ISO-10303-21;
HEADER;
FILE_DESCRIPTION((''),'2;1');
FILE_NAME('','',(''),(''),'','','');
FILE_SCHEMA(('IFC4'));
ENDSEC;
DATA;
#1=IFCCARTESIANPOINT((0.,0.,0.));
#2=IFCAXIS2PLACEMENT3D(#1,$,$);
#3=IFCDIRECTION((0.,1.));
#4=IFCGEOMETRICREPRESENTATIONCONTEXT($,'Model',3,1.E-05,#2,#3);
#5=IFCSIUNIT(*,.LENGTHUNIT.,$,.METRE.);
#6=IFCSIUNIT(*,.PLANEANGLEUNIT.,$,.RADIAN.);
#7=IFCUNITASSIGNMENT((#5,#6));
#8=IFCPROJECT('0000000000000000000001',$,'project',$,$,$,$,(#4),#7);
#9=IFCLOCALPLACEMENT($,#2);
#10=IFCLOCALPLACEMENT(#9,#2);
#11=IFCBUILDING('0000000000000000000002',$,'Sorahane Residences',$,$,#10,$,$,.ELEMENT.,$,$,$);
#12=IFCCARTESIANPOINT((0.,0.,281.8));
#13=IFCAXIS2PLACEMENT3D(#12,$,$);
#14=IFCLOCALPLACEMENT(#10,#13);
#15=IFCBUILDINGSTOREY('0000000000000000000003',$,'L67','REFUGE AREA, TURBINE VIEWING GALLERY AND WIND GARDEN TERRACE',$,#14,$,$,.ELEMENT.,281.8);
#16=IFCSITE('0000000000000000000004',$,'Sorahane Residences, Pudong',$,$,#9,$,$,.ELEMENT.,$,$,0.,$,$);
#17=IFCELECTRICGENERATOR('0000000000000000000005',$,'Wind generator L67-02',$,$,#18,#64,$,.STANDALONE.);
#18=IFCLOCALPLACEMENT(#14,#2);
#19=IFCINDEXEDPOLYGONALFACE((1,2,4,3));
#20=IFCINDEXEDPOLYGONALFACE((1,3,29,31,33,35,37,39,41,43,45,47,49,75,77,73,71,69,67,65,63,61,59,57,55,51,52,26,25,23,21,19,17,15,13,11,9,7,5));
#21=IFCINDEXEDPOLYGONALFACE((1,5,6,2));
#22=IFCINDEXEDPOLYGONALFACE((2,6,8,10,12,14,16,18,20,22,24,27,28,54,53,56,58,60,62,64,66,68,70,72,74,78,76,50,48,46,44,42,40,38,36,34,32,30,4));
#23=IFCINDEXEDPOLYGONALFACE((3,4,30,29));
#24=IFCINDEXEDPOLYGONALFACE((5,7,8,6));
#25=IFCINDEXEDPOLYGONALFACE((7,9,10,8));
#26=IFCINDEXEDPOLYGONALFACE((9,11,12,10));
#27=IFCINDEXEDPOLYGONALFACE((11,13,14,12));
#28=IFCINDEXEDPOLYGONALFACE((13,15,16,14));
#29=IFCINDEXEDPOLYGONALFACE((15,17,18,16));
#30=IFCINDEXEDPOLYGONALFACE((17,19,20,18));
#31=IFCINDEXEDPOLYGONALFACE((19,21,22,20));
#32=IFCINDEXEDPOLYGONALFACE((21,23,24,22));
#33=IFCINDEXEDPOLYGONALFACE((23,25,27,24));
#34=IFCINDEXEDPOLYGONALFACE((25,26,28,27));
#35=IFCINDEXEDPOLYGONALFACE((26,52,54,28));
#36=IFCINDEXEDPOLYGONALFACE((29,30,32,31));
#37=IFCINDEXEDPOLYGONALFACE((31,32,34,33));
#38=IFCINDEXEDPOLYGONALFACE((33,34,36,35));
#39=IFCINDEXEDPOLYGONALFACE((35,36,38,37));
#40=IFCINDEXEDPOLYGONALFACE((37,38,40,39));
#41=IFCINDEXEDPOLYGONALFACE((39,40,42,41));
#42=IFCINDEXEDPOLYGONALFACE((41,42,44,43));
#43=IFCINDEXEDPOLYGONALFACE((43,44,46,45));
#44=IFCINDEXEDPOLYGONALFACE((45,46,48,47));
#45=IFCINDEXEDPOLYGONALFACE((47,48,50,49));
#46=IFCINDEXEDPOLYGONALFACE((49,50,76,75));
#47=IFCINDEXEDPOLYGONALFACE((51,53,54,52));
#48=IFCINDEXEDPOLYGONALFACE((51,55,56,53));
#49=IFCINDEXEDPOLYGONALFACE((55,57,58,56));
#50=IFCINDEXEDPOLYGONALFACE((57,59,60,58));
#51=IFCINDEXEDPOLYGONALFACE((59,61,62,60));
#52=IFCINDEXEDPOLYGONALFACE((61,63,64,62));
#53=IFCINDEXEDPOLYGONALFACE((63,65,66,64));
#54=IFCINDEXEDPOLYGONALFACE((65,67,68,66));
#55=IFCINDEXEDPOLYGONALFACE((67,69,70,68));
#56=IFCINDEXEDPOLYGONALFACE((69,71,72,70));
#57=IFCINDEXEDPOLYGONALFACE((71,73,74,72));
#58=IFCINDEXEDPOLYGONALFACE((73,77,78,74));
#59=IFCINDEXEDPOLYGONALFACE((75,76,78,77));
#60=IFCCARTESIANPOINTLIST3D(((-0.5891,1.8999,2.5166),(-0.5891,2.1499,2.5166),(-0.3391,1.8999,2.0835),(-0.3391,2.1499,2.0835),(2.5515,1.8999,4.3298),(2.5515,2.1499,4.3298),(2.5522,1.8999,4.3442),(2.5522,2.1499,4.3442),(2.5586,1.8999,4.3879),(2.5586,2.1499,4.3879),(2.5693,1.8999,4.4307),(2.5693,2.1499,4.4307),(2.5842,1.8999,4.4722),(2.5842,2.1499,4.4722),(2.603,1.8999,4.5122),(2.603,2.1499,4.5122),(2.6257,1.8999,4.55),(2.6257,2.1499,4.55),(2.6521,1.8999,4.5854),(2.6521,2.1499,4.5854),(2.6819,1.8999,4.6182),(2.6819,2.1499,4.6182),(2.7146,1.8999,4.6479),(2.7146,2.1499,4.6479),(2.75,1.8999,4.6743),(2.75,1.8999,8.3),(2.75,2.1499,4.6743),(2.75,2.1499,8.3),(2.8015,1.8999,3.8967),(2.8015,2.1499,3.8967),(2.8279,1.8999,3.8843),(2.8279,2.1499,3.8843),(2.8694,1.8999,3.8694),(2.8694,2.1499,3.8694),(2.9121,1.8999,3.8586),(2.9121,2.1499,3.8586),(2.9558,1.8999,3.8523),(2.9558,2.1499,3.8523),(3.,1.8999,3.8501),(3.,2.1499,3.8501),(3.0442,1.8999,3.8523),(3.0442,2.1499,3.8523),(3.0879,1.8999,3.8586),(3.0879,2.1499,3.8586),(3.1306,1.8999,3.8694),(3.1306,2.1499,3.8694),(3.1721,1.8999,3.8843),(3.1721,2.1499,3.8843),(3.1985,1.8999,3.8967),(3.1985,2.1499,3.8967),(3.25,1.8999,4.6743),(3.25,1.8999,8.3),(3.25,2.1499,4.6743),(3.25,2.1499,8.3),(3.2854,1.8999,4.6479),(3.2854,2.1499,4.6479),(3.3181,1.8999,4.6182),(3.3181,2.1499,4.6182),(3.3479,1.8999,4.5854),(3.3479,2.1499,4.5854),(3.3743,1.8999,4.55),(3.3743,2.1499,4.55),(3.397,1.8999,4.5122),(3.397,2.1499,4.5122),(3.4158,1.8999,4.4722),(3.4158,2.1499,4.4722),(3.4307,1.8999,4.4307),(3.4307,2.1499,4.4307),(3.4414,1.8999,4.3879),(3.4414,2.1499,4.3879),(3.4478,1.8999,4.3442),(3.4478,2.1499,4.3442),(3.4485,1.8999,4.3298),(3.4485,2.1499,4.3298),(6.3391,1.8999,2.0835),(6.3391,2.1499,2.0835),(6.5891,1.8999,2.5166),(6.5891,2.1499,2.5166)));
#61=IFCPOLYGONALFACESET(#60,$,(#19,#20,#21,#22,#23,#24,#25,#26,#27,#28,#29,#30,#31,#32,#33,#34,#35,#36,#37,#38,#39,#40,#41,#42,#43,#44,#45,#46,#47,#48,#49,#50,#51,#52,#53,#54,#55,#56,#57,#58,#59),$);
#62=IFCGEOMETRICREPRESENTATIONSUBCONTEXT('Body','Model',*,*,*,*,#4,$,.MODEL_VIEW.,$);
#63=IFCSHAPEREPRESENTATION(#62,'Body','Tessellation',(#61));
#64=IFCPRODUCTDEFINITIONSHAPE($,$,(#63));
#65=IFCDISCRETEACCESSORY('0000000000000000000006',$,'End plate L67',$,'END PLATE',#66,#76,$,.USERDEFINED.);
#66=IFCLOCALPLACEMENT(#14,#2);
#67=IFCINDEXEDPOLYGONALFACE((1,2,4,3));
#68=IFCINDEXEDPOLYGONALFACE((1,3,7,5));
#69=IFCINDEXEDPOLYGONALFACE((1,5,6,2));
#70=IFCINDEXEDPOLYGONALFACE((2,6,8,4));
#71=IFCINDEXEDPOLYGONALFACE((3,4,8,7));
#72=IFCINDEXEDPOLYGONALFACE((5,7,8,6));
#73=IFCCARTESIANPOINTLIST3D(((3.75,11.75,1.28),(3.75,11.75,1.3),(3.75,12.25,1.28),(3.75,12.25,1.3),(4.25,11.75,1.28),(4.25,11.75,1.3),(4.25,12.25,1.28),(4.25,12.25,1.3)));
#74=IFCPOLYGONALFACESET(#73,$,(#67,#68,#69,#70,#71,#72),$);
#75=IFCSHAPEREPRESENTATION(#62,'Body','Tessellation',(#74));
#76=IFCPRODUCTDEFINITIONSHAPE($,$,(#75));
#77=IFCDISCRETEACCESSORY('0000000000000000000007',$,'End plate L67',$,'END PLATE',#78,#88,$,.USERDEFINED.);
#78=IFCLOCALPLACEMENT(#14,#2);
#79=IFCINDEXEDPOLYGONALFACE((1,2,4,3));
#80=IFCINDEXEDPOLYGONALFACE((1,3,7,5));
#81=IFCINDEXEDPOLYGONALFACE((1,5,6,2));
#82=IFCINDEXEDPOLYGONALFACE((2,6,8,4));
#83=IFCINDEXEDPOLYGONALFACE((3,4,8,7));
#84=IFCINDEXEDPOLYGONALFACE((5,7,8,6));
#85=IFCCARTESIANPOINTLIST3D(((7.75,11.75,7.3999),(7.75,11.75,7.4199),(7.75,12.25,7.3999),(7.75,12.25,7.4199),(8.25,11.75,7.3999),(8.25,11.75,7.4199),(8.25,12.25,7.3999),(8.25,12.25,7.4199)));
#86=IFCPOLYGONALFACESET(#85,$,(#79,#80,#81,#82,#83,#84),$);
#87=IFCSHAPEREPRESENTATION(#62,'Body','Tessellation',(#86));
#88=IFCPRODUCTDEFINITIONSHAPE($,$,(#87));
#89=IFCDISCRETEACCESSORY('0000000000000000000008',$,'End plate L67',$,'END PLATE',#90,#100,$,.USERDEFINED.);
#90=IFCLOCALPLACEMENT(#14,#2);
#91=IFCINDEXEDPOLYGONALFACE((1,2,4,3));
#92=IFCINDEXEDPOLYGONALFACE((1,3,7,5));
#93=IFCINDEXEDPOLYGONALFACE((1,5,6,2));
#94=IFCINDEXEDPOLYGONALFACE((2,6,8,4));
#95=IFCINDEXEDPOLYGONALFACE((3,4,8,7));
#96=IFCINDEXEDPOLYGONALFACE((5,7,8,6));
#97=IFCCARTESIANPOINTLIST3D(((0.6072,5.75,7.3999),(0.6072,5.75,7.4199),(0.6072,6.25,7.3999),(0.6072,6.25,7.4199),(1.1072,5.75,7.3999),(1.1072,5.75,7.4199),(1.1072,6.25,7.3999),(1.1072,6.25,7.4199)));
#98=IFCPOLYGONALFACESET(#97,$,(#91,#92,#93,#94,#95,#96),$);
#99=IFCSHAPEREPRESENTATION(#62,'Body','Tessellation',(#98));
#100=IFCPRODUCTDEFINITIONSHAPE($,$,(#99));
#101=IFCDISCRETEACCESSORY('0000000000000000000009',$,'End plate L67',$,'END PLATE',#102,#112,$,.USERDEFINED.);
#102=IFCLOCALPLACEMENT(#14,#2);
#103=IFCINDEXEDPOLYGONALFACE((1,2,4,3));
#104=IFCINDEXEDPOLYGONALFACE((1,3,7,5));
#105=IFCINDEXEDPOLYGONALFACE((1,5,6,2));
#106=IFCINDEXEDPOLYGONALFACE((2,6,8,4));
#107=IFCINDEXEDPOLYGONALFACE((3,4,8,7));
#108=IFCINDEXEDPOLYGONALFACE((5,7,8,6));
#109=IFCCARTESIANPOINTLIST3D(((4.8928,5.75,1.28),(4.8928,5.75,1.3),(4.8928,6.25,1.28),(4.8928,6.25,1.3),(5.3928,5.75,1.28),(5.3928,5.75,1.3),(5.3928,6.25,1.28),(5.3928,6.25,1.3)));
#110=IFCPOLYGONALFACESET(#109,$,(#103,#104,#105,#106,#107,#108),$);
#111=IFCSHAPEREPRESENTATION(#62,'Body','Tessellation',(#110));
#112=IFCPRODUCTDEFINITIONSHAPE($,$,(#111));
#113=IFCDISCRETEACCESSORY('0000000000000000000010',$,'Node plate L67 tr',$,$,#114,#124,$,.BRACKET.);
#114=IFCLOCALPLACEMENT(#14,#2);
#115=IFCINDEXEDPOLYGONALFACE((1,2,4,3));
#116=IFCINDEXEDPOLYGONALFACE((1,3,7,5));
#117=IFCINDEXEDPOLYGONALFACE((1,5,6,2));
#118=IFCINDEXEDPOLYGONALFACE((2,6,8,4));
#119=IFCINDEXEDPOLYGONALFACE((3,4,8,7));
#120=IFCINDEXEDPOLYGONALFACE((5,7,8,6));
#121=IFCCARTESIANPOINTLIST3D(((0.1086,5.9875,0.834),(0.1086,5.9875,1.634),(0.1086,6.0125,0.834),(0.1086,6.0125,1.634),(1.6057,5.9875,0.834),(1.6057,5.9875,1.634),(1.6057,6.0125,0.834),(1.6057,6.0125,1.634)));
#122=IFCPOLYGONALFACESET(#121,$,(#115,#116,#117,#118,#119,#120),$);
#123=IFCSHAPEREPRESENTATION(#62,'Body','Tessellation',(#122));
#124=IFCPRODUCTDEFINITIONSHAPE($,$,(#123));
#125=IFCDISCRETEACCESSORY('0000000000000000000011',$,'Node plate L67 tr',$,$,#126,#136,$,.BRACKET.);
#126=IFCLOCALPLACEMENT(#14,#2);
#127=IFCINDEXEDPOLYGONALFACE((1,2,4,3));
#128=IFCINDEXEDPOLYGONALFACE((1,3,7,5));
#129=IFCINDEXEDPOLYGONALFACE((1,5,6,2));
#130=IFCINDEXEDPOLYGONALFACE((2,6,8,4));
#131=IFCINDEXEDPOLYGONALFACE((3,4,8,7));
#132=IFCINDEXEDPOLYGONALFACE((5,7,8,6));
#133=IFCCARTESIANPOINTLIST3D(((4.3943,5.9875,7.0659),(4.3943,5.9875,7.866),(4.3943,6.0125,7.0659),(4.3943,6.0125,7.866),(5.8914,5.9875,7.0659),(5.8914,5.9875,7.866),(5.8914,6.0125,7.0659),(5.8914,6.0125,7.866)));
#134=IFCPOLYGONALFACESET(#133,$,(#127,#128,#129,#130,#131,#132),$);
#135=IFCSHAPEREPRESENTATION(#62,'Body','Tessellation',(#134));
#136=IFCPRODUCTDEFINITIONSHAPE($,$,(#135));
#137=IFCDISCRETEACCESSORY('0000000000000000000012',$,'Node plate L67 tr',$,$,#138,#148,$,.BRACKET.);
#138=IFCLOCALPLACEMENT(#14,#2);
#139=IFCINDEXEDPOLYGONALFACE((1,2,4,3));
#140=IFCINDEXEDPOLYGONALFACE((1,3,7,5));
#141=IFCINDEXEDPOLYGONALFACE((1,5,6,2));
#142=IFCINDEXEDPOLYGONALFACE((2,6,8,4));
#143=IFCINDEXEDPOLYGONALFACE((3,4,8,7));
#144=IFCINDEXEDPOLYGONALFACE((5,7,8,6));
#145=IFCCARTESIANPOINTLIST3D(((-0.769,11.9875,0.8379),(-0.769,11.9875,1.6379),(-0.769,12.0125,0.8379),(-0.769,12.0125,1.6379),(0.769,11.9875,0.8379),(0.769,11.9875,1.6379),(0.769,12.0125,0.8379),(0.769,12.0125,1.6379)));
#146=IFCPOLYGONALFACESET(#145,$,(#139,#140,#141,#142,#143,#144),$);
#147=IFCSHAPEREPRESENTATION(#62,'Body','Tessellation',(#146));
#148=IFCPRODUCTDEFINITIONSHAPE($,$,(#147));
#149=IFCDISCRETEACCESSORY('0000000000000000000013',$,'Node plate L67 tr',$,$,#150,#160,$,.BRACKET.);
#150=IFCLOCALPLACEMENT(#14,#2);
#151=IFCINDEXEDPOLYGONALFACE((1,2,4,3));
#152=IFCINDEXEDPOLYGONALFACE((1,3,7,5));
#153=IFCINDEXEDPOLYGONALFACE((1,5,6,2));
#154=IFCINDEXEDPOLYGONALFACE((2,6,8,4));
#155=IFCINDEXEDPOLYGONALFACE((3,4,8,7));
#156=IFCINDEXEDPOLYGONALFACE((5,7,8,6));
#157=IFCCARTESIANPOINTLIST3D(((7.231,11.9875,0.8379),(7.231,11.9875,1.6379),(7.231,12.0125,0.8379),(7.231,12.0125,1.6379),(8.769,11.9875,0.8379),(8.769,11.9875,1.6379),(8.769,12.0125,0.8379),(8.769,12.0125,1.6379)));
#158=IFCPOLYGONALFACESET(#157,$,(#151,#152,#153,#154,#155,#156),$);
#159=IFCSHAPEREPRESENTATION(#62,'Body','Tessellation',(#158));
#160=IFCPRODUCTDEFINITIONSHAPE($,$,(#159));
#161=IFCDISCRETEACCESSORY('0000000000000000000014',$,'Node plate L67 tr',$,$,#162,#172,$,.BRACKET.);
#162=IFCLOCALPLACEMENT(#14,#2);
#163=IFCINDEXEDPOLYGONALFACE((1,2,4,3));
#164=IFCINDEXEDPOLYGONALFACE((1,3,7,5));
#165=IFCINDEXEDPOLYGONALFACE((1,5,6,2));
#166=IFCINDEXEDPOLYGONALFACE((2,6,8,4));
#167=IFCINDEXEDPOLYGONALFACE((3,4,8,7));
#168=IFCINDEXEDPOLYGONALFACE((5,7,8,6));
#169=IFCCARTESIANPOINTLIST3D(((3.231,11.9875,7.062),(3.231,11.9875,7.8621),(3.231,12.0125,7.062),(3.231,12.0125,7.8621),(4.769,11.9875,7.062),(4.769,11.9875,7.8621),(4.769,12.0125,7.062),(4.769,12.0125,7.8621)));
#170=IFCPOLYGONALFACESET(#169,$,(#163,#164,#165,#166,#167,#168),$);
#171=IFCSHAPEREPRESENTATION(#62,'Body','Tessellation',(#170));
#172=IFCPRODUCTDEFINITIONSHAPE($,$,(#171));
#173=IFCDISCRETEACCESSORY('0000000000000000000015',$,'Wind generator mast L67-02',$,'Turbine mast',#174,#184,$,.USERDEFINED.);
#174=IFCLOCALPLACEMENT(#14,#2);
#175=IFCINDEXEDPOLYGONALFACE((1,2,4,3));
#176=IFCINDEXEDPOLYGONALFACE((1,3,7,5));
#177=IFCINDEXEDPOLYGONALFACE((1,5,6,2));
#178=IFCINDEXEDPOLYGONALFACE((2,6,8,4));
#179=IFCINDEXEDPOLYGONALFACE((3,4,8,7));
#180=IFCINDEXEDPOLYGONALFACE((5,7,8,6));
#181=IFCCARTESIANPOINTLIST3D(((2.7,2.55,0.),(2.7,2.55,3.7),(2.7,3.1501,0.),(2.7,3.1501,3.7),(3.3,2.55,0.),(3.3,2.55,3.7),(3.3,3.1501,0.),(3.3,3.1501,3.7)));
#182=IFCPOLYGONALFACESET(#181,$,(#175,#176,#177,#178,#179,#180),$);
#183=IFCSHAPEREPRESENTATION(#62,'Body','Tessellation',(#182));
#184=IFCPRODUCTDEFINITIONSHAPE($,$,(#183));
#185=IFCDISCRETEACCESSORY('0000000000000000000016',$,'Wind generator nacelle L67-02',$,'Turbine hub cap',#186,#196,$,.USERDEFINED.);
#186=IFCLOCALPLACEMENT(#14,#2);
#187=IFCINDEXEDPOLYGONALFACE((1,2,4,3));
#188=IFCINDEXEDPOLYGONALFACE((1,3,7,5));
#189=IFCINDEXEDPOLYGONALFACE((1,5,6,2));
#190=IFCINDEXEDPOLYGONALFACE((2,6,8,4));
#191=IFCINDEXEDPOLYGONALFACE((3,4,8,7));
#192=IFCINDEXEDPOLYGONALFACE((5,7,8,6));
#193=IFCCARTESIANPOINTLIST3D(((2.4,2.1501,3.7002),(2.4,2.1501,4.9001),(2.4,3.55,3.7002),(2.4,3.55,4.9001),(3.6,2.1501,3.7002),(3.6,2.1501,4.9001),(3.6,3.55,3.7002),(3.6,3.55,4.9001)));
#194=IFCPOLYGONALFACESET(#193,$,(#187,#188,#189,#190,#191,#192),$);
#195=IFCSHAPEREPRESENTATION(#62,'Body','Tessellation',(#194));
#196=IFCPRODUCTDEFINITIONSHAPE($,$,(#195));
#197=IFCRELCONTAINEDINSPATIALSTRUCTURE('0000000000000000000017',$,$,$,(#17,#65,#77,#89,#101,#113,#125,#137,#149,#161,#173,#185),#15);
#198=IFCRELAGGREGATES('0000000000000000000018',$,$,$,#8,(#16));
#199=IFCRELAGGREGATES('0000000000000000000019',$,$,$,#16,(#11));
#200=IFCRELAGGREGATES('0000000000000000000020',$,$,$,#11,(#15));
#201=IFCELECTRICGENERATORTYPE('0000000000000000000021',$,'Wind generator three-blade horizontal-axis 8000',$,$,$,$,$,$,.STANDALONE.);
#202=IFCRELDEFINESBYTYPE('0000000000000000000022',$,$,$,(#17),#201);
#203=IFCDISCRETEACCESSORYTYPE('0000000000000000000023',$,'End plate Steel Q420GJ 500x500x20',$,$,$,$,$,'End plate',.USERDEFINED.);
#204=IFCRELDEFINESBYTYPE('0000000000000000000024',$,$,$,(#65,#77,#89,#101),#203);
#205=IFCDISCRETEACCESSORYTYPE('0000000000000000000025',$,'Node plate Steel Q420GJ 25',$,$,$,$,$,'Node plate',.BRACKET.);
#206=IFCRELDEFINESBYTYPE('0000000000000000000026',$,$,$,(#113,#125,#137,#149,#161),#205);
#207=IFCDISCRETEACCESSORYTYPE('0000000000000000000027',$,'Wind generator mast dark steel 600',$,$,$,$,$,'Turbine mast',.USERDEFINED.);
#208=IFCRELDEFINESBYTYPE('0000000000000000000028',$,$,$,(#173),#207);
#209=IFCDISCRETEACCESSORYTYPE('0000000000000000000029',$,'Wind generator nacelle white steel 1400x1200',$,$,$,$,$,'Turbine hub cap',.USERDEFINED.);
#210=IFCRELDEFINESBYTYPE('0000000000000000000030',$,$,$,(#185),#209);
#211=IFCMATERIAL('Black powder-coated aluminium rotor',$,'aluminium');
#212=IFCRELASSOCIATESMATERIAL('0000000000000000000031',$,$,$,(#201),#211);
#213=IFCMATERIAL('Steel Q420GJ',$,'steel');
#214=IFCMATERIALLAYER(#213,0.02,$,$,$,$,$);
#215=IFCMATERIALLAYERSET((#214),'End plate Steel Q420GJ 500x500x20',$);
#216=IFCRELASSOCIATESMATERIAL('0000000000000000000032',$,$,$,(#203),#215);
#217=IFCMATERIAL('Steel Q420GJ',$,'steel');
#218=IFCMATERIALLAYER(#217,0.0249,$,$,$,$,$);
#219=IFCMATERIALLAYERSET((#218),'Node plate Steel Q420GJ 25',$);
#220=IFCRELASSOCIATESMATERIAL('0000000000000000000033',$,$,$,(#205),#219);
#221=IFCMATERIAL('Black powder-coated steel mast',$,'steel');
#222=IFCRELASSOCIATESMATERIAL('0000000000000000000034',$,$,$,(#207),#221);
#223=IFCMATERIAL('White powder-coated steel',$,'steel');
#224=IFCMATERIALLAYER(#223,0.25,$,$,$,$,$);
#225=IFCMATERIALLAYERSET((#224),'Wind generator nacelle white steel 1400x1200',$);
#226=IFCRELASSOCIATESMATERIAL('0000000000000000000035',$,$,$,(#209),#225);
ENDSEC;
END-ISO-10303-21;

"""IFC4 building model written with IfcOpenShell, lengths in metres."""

from ifc_helpers import new_model, si_unit, direction, frame, origin, origin_2d, place, context, subcontext, project, spatial, polyline, rectangle, outline, extrude, material, layer, layer_set, type_object, element, save


model = new_model("IFC4")

# Units and contexts
model_context = context("Model", 3, precision=1e-05, world=origin(), true_north=direction((0.0, 1.0)))
body_context = subcontext(model_context, "Body", "Model", "MODEL_VIEW")
ifc_project = project(units=[si_unit("LENGTHUNIT", "METRE"), si_unit("PLANEANGLEUNIT", "RADIAN")], contexts=[model_context])

# Site, building, storey
site_placement = place(None, origin())
site = spatial("IfcSite", under=ifc_project, at=site_placement, Name="Sorahane Residences, Pudong", CompositionType="ELEMENT", RefElevation=0.0)
building_placement = place(site_placement, origin())
building = spatial("IfcBuilding", under=site, at=building_placement, Name="Sorahane Residences", CompositionType="ELEMENT")
storey_placement = place(building_placement, frame((0.0, 0.0, 281.8)))
storey = spatial("IfcBuildingStorey", under=building, at=storey_placement, Name="L67", Description="REFUGE AREA, TURBINE VIEWING GALLERY AND WIND GARDEN TERRACE", CompositionType="ELEMENT", Elevation=281.8)

# Electric generator
ifc_material_1 = material(Name="Black powder-coated aluminium rotor", Category="aluminium")
electric_generator_type = type_object("IfcElectricGeneratorType", Name="Wind generator three-blade horizontal-axis 8000", PredefinedType="STANDALONE", material=ifc_material_1)
electric_generator_placement = place(storey_placement, frame((3.0, 1.8999, 4.3), z_axis=(0.0, 1.0, 0.0), x_axis=(-1.0, 0.0, 0.0)))
element("IfcElectricGenerator", 1, at=electric_generator_placement, inside=storey, type_object=electric_generator_type, Name="Wind generator L67-02", PredefinedType="STANDALONE", context=body_context, shape_type="SweptSolid", body=[
    extrude(outline(polyline([(3.3391, -2.2166), (0.1985, -0.4033), (0.1721, -0.4158), (0.1306, -0.4307), (0.0879, -0.4414), (0.0442, -0.4478), (0.0, -0.45), (-0.0442, -0.4478), (-0.0879, -0.4414), (-0.1306, -0.4307), (-0.1721, -0.4158), (-0.1985, -0.4033), (-3.3391, -2.2166), (-3.5891, -1.7834), (-0.4485, 0.0298), (-0.4478, 0.0442), (-0.4414, 0.0879), (-0.4307, 0.1306), (-0.4158, 0.1721), (-0.397, 0.2122), (-0.3743, 0.25), (-0.3479, 0.2854), (-0.3181, 0.3181), (-0.2854, 0.3479), (-0.25, 0.3743), (-0.25, 0.3743), (-0.25, 4.0), (0.25, 4.0), (0.25, 0.3743), (0.25, 0.3743), (0.2854, 0.3479), (0.3181, 0.3181), (0.3479, 0.2854), (0.3743, 0.25), (0.397, 0.2122), (0.4158, 0.1721), (0.4307, 0.1306), (0.4414, 0.0879), (0.4478, 0.0442), (0.4485, 0.0298), (3.5891, -1.7834), (3.3391, -2.2166)])), origin(), (0.0, 0.0, 1.0), 0.25),
])

# Discrete accessories
ifc_material_2 = material(Name="Steel Q420GJ", Category="steel")
ifc_layer_1 = layer(ifc_material_2, 0.02)
ifc_layer_set_1 = layer_set([ifc_layer_1], Name="End plate Steel Q420GJ 500x500x20")
discrete_accessory_type_1 = type_object("IfcDiscreteAccessoryType", Name="End plate Steel Q420GJ 500x500x20", ElementType="End plate", PredefinedType="USERDEFINED", material=ifc_layer_set_1)
for number, where, z_axis, x_axis, name in (
    (2, (4.0, 12.0, 1.28), (0.0, 0.0, 1.0), (1.0, 0.0, 0.0), "End plate L67"),
    (3, (8.0, 12.0, 7.3999), (0.0, 0.0, 1.0), (1.0, 0.0, 0.0), "End plate L67"),
    (4, (0.8572, 6.0, 7.3999), (0.0, 0.0, 1.0), (1.0, 0.0, 0.0), "End plate L67"),
    (5, (5.1428, 6.0, 1.28), (0.0, 0.0, 1.0), (1.0, 0.0, 0.0), "End plate L67"),
):
    element("IfcDiscreteAccessory", number, at=place(storey_placement, frame(where, z_axis=z_axis, x_axis=x_axis)), inside=storey, type_object=discrete_accessory_type_1, Name=name, ObjectType="END PLATE", PredefinedType="USERDEFINED", context=body_context, shape_type="SweptSolid", body=[
        extrude(rectangle(XDim=0.5, YDim=0.5, at=origin_2d()), origin(), (0.0, 0.0, 1.0), 0.02),
    ])
ifc_material_3 = material(Name="Steel Q420GJ", Category="steel")
ifc_layer_2 = layer(ifc_material_3, 0.0249)
ifc_layer_set_2 = layer_set([ifc_layer_2], Name="Node plate Steel Q420GJ 25")
discrete_accessory_type_2 = type_object("IfcDiscreteAccessoryType", Name="Node plate Steel Q420GJ 25", ElementType="Node plate", PredefinedType="BRACKET", material=ifc_layer_set_2)
for number, where, z_axis, x_axis, name in (
    (6, (0.8572, 6.0, 0.834), (0.0, 0.0, 1.0), (1.0, 0.0, 0.0), "Node plate L67 tr"),
    (7, (5.1428, 6.0, 7.0659), (0.0, 0.0, 1.0), (1.0, 0.0, 0.0), "Node plate L67 tr"),
):
    element("IfcDiscreteAccessory", number, at=place(storey_placement, frame(where, z_axis=z_axis, x_axis=x_axis)), inside=storey, type_object=discrete_accessory_type_2, Name=name, PredefinedType="BRACKET", context=body_context, shape_type="SweptSolid", body=[
        extrude(rectangle(XDim=1.4971, YDim=0.0249, at=origin_2d()), origin(), (0.0, 0.0, 1.0), 0.8),
    ])
for number, where, z_axis, x_axis, name in (
    (8, (0.0, 12.0, 0.8379), (0.0, 0.0, 1.0), (1.0, 0.0, 0.0), "Node plate L67 tr"),
    (9, (8.0, 12.0, 0.8379), (0.0, 0.0, 1.0), (1.0, 0.0, 0.0), "Node plate L67 tr"),
    (10, (4.0, 12.0, 7.062), (0.0, 0.0, 1.0), (1.0, 0.0, 0.0), "Node plate L67 tr"),
):
    element("IfcDiscreteAccessory", number, at=place(storey_placement, frame(where, z_axis=z_axis, x_axis=x_axis)), inside=storey, type_object=discrete_accessory_type_2, Name=name, PredefinedType="BRACKET", context=body_context, shape_type="SweptSolid", body=[
        extrude(rectangle(XDim=1.5381, YDim=0.0249, at=origin_2d()), origin(), (0.0, 0.0, 1.0), 0.8),
    ])
ifc_material_4 = material(Name="Black powder-coated steel mast", Category="steel")
discrete_accessory_type_3 = type_object("IfcDiscreteAccessoryType", Name="Wind generator mast dark steel 600", ElementType="Turbine mast", PredefinedType="USERDEFINED", material=ifc_material_4)
discrete_accessory_1_placement = place(storey_placement, frame((3.0, 2.8501, 0.0), z_axis=(0.0, 0.0, 1.0), x_axis=(1.0, 0.0, 0.0)))
element("IfcDiscreteAccessory", 11, at=discrete_accessory_1_placement, inside=storey, type_object=discrete_accessory_type_3, Name="Wind generator mast L67-02", ObjectType="Turbine mast", PredefinedType="USERDEFINED", context=body_context, shape_type="SweptSolid", body=[
    extrude(rectangle(XDim=0.6001, YDim=0.6001, at=origin_2d()), origin(), (0.0, 0.0, 1.0), 3.7),
])
ifc_material_5 = material(Name="White powder-coated steel", Category="steel")
ifc_layer_3 = layer(ifc_material_5, 0.25)
ifc_layer_set_3 = layer_set([ifc_layer_3], Name="Wind generator nacelle white steel 1400x1200")
discrete_accessory_type_4 = type_object("IfcDiscreteAccessoryType", Name="Wind generator nacelle white steel 1400x1200", ElementType="Turbine hub cap", PredefinedType="USERDEFINED", material=ifc_layer_set_3)
discrete_accessory_2_placement = place(storey_placement, frame((3.0, 2.8501, 3.7002), z_axis=(0.0, 0.0, 1.0), x_axis=(1.0, 0.0, 0.0)))
element("IfcDiscreteAccessory", 12, at=discrete_accessory_2_placement, inside=storey, type_object=discrete_accessory_type_4, Name="Wind generator nacelle L67-02", ObjectType="Turbine hub cap", PredefinedType="USERDEFINED", context=body_context, shape_type="SweptSolid", body=[
    extrude(rectangle(XDim=1.2, YDim=1.3999, at=origin_2d()), origin(), (0.0, 0.0, 1.0), 1.2),
])

save(model, "model.ifc")
